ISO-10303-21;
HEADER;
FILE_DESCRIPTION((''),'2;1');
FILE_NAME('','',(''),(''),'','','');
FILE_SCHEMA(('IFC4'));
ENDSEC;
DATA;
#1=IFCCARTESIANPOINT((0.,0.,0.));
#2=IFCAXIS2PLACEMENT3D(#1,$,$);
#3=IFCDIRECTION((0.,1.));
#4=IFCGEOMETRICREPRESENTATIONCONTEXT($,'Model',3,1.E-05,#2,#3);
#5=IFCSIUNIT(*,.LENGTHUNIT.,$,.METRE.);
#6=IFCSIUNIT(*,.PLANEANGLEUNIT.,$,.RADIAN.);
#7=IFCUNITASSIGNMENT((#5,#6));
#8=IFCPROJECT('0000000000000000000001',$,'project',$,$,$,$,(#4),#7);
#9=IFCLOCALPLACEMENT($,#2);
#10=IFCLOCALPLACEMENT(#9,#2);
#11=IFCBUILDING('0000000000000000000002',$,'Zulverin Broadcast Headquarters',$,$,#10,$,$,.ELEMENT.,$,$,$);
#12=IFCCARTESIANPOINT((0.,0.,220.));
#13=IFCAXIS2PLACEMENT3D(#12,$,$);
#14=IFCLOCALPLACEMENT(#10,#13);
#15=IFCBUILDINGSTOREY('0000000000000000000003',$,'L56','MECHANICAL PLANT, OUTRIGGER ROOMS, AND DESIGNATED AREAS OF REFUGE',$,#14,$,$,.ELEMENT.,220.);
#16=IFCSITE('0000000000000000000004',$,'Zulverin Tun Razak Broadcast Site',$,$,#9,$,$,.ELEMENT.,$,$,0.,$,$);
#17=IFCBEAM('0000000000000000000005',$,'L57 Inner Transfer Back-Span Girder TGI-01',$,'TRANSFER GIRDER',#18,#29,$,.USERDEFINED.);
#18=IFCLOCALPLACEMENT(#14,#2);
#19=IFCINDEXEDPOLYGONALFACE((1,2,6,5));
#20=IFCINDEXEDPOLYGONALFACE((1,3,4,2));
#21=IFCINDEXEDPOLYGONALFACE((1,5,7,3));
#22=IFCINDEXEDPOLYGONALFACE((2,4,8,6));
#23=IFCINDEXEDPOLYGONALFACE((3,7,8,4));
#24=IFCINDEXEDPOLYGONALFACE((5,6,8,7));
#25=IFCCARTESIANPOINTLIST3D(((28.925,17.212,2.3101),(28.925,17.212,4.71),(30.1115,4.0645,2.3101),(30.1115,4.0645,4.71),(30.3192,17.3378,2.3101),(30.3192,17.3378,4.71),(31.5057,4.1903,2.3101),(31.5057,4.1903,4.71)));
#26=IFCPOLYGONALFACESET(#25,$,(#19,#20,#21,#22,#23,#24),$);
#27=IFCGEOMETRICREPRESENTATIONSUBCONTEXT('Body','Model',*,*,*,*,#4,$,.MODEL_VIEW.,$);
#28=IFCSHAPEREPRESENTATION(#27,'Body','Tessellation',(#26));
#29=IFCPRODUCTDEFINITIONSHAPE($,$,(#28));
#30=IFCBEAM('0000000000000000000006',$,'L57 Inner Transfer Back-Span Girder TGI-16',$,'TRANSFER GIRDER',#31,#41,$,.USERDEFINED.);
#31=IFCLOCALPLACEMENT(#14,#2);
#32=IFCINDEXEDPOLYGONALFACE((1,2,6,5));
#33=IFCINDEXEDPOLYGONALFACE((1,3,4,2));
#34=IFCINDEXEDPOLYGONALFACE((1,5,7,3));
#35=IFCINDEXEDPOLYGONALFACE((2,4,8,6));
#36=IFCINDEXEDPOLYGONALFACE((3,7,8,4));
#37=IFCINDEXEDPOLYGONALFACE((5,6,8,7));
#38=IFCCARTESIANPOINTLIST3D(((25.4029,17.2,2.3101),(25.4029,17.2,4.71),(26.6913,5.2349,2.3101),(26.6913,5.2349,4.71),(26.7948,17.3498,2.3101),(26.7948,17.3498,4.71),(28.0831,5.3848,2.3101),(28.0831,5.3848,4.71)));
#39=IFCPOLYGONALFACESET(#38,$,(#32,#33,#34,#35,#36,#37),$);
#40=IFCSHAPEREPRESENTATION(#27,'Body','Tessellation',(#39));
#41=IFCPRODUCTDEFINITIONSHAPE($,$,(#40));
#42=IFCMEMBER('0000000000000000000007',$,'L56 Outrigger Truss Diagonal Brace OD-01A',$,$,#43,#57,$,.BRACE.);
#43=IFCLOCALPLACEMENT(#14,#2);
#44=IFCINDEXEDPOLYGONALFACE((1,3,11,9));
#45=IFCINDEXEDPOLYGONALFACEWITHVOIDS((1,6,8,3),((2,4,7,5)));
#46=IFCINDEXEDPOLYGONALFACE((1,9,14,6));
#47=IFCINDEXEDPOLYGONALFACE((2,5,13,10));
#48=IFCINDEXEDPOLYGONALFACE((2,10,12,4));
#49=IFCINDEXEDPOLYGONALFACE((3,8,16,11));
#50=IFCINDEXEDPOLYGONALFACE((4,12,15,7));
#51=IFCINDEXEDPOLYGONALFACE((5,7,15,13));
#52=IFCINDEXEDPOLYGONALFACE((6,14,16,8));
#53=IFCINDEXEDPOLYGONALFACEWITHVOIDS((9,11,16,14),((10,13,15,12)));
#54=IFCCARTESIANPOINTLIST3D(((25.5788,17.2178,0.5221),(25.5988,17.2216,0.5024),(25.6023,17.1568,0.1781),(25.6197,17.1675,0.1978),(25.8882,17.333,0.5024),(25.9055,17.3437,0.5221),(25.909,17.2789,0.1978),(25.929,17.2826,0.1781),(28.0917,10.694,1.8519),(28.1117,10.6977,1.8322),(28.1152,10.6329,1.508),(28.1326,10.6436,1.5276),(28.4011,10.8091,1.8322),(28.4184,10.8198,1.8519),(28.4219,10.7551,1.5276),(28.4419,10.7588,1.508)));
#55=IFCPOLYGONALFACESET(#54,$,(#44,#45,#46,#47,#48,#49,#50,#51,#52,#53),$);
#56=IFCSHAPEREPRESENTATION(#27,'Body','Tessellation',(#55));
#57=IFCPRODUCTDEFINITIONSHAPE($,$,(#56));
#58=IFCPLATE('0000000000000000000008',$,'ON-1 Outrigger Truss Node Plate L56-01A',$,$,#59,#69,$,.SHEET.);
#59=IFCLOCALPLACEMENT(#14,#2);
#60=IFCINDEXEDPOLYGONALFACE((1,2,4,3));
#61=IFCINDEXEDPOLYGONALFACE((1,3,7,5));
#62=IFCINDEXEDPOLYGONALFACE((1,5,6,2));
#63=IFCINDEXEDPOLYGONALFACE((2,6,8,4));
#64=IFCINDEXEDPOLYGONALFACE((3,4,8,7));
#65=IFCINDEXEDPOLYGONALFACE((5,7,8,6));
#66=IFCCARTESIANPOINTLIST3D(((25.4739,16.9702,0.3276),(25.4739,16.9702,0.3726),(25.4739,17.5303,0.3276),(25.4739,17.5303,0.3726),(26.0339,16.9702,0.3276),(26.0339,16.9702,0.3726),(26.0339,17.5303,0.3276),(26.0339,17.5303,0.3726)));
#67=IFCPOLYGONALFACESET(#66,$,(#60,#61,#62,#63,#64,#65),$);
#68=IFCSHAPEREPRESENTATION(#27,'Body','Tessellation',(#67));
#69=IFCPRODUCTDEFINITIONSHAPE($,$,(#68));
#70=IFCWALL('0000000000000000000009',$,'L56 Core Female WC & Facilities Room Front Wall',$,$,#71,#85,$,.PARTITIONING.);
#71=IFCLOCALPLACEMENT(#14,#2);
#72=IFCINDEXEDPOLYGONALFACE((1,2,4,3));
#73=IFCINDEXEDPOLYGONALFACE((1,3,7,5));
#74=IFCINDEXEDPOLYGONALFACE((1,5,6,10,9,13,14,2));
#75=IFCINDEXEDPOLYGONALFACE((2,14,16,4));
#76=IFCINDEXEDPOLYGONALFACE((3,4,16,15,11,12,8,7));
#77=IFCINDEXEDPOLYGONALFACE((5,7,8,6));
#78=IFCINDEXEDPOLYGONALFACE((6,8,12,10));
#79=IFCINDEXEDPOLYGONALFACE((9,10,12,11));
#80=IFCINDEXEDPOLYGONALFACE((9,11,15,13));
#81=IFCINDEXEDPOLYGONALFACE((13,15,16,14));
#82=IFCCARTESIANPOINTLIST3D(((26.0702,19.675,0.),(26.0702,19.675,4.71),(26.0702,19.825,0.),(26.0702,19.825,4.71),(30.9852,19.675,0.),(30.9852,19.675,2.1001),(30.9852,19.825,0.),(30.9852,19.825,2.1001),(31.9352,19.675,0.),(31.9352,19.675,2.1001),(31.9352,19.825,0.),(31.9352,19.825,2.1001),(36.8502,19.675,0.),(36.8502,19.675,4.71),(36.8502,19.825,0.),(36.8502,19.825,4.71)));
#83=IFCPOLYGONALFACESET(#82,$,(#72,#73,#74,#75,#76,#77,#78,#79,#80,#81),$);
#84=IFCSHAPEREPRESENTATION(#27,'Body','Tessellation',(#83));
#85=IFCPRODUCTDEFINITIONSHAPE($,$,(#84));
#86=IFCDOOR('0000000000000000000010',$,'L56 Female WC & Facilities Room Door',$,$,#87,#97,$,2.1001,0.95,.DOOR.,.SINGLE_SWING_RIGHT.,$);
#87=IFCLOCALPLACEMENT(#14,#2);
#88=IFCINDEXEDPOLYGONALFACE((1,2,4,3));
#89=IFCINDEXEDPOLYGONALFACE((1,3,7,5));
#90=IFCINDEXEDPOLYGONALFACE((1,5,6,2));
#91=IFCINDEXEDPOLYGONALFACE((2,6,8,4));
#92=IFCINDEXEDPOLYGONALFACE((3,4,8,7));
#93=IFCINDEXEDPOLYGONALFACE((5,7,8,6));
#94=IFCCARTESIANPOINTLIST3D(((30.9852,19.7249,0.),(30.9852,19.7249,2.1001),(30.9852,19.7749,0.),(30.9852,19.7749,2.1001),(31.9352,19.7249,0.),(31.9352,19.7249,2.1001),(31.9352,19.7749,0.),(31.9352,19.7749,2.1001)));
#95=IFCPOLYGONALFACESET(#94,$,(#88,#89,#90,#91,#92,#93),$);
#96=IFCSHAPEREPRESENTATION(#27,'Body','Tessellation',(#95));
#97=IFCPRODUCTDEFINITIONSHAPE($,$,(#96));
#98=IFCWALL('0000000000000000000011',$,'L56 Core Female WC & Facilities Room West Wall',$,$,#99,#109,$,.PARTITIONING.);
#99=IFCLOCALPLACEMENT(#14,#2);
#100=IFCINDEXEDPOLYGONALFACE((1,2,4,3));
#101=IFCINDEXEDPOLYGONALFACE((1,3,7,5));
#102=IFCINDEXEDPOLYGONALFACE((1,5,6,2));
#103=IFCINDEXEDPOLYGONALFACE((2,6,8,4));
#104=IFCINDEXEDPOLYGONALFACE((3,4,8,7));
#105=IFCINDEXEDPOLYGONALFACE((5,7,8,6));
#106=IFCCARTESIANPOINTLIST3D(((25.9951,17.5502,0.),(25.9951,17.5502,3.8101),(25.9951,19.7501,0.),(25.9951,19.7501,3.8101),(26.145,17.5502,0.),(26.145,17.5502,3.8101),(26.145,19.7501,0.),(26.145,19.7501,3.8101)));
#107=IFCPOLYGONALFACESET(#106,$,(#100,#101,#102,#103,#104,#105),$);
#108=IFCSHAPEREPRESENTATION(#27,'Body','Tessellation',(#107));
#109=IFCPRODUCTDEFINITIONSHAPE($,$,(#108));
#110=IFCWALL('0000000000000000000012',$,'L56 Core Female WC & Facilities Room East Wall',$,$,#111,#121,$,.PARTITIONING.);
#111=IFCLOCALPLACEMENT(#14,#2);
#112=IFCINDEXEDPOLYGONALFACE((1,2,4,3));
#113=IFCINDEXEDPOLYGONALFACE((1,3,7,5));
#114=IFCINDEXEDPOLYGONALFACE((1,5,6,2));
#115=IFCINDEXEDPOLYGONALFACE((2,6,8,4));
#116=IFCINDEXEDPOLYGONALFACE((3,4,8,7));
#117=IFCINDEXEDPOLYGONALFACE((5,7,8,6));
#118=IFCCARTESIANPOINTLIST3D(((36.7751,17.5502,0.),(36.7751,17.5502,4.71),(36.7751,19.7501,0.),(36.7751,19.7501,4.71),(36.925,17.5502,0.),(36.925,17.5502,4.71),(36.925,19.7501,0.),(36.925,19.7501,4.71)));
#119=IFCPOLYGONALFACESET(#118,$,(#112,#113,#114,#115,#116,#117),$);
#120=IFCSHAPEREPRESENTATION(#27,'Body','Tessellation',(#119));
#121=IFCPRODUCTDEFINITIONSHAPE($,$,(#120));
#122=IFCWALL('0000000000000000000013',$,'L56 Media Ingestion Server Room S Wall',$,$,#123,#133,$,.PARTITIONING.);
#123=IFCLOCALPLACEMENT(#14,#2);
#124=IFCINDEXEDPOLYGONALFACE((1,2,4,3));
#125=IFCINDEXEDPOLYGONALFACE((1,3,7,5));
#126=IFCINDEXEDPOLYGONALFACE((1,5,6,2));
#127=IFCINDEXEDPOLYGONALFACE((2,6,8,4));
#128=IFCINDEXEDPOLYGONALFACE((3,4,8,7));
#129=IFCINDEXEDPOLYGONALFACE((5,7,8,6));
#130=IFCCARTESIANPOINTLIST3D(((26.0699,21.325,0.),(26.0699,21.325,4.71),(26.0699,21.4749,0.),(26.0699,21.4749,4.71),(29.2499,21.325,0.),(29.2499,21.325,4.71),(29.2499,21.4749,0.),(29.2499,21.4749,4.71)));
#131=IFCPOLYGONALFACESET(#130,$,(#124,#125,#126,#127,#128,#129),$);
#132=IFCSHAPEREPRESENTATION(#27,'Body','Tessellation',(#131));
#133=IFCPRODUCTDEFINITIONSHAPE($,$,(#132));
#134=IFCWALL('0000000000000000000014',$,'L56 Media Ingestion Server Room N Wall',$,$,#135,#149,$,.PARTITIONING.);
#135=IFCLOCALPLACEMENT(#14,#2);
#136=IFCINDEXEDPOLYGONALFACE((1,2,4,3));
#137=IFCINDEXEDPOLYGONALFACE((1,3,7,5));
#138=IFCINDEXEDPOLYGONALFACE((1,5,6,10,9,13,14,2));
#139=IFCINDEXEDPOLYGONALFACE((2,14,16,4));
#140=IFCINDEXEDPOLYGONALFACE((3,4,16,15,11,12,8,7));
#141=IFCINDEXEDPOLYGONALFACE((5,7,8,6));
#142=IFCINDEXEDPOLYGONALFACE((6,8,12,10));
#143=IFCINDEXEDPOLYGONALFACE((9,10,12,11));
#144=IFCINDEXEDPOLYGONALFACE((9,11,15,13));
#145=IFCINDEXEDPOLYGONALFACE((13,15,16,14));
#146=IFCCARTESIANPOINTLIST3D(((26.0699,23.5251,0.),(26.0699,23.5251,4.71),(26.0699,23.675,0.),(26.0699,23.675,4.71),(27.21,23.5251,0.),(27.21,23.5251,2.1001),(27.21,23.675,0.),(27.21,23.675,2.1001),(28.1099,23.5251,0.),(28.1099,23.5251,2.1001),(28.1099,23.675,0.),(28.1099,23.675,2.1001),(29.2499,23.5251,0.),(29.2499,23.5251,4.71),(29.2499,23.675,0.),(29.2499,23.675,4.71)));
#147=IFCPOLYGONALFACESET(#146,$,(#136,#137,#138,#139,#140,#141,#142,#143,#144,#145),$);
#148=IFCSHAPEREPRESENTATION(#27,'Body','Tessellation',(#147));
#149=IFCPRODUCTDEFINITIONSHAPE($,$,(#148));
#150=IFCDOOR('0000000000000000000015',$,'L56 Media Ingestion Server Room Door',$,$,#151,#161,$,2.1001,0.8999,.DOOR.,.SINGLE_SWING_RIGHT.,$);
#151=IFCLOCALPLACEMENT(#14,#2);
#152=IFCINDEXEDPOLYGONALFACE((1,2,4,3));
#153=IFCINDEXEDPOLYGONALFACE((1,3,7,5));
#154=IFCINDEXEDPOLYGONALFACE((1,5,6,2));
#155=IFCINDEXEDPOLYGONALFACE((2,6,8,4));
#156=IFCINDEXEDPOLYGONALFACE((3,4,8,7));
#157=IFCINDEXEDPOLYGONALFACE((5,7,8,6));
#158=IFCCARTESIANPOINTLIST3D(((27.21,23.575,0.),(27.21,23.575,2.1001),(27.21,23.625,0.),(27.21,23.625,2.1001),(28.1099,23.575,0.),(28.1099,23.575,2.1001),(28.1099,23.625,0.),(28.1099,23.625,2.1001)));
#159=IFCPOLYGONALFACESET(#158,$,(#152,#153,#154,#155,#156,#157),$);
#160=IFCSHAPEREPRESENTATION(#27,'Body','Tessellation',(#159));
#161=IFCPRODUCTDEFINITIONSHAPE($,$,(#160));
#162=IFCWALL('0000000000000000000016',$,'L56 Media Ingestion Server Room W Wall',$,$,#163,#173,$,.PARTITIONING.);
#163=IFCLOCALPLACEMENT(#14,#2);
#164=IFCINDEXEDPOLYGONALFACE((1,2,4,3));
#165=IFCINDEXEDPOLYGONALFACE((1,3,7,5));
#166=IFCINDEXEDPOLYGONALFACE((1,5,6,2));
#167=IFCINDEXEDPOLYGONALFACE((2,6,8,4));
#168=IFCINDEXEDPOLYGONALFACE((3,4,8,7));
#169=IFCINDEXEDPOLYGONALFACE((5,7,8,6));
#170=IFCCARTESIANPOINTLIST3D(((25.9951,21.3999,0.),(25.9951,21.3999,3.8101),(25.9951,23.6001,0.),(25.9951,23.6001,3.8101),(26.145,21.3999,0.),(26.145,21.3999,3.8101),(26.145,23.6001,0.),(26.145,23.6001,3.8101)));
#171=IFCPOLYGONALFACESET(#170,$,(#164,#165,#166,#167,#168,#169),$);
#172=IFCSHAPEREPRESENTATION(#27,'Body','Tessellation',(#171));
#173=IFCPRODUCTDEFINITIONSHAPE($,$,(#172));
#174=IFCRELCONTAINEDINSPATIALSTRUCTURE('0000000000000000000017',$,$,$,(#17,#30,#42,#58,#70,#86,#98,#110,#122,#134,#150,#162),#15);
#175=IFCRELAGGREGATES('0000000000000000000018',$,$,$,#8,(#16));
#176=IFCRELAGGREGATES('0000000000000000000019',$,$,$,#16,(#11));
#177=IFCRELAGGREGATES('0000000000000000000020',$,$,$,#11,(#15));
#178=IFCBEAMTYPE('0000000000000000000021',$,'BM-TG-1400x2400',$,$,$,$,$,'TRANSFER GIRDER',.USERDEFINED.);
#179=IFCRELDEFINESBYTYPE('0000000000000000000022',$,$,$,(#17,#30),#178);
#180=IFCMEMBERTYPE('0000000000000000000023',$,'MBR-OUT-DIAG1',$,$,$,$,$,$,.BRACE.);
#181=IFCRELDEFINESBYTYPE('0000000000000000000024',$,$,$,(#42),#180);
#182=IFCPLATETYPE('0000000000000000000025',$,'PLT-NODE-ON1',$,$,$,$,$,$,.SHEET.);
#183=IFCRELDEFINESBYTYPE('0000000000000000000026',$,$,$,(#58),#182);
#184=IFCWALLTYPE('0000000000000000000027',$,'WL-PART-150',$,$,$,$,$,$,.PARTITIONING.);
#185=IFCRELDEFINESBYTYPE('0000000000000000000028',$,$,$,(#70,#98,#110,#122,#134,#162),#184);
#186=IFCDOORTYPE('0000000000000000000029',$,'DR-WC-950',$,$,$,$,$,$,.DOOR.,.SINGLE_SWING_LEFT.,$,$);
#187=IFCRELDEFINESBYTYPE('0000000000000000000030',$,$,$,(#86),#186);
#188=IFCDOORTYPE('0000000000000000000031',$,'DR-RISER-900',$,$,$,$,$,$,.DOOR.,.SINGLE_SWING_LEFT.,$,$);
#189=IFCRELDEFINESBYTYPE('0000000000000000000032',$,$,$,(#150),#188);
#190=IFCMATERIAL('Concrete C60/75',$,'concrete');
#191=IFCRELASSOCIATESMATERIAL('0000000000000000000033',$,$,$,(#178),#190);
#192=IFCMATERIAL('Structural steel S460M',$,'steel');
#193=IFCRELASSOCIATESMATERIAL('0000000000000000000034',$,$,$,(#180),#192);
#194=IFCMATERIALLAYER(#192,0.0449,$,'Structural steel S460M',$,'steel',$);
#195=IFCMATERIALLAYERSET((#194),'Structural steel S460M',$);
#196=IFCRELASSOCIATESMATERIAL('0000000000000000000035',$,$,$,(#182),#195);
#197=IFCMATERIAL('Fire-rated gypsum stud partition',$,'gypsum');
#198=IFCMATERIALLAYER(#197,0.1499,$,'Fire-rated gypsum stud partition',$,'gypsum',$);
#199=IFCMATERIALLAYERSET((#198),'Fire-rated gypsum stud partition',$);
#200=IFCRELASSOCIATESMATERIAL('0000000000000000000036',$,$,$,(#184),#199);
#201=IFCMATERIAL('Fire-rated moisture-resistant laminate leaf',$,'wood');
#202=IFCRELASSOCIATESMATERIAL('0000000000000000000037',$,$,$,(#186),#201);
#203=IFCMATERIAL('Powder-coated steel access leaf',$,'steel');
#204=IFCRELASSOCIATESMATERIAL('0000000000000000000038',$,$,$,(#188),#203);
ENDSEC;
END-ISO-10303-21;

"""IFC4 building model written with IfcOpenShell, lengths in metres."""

from ifc_helpers import new_model, si_unit, direction, frame, frame_2d, origin, origin_2d, place, context, subcontext, project, spatial, rectangle, hollow_rectangle, extrude, material, layer, layer_set, material_profile, profile_set, type_object, element, fill, save


model = new_model("IFC4")

# Units and contexts
model_context = context("Model", 3, precision=1e-05, world=origin(), true_north=direction((0.0, 1.0)))
body_context = subcontext(model_context, "Body", "Model", "MODEL_VIEW")
ifc_project = project(units=[si_unit("LENGTHUNIT", "METRE"), si_unit("PLANEANGLEUNIT", "RADIAN")], contexts=[model_context])

# Site, building, storey
site_placement = place(None, origin())
site = spatial("IfcSite", under=ifc_project, at=site_placement, Name="Zulverin Tun Razak Broadcast Site", CompositionType="ELEMENT", RefElevation=0.0)
building_placement = place(site_placement, origin())
building = spatial("IfcBuilding", under=site, at=building_placement, Name="Zulverin Broadcast Headquarters", CompositionType="ELEMENT")
storey_placement = place(building_placement, frame((0.0, 0.0, 220.0)))
storey = spatial("IfcBuildingStorey", under=building, at=storey_placement, Name="L56", Description="MECHANICAL PLANT, OUTRIGGER ROOMS, AND DESIGNATED AREAS OF REFUGE", CompositionType="ELEMENT", Elevation=220.0)

# Beams
ifc_material_1 = material(Name="Concrete C60/75", Category="concrete")
ifc_material_profile_1 = material_profile(ifc_material_1, rectangle(XDim=1.3999, YDim=2.3999, at=origin_2d()), Name="Concrete C60/75", Category="concrete")
ifc_profile_set_1 = profile_set([ifc_material_profile_1], Name="Concrete C60/75")
beam_type = type_object("IfcBeamType", Name="BM-TG-1400x2400", ElementType="TRANSFER GIRDER", PredefinedType="USERDEFINED", material=ifc_profile_set_1)
beam_1_placement = place(storey_placement, frame((29.6221, 17.2749, 3.51), z_axis=(0.089882, -0.995952, 0.0), x_axis=(0.995952, 0.089882, 0.0)))
element("IfcBeam", 1, at=beam_1_placement, inside=storey, type_object=beam_type, Name="L57 Inner Transfer Back-Span Girder TGI-01", ObjectType="TRANSFER GIRDER", PredefinedType="USERDEFINED", context=body_context, shape_type="SweptSolid", body=[
    extrude(rectangle(XDim=1.3999, YDim=2.3999, at=origin_2d()), origin(), (0.0, 0.0, 1.0), 13.2009),
])
beam_2_placement = place(storey_placement, frame((26.0989, 17.2749, 3.51), z_axis=(0.107055, -0.994253, 0.0), x_axis=(0.994253, 0.107055, 0.0)))
element("IfcBeam", 2, at=beam_2_placement, inside=storey, type_object=beam_type, Name="L57 Inner Transfer Back-Span Girder TGI-16", ObjectType="TRANSFER GIRDER", PredefinedType="USERDEFINED", context=body_context, shape_type="SweptSolid", body=[
    extrude(rectangle(XDim=1.3999, YDim=2.3999, at=origin_2d()), origin(), (0.0, 0.0, 1.0), 12.0342),
])

# Member
ifc_material_2 = material(Name="Structural steel S460M", Category="steel")
ifc_material_profile_2 = material_profile(ifc_material_2, hollow_rectangle(XDim=0.3501, YDim=0.3501, WallThickness=0.02, at=origin_2d()), Name="Structural steel S460M", Category="steel")
ifc_profile_set_2 = profile_set([ifc_material_profile_2], Name="Structural steel S460M")
member_type = type_object("IfcMemberType", Name="MBR-OUT-DIAG1", PredefinedType="BRACE", material=ifc_profile_set_2)
member_placement = place(storey_placement, frame((25.7539, 17.2502, 0.3501), z_axis=(0.353113, -0.916729, 0.186866), x_axis=(0.933166, 0.359445, 0.0)))
element("IfcMember", 3, at=member_placement, inside=storey, type_object=member_type, Name="L56 Outrigger Truss Diagonal Brace OD-01A", PredefinedType="BRACE", context=body_context, shape_type="SweptSolid", body=[
    extrude(hollow_rectangle(XDim=0.3501, YDim=0.3501, WallThickness=0.02, at=origin_2d()), origin(), (0.0, 0.0, 1.0), 7.1165),
])

# Plate
ifc_layer_1 = layer(ifc_material_2, 0.0449, Name="Structural steel S460M", Category="steel")
ifc_layer_set_1 = layer_set([ifc_layer_1], Name="Structural steel S460M")
plate_type = type_object("IfcPlateType", Name="PLT-NODE-ON1", PredefinedType="SHEET", material=ifc_layer_set_1)
plate_placement = place(storey_placement, frame((25.7539, 17.2502, 0.3276), z_axis=(0.0, 0.0, 1.0), x_axis=(1.0, 0.0, 0.0)))
element("IfcPlate", 4, at=plate_placement, inside=storey, type_object=plate_type, Name="ON-1 Outrigger Truss Node Plate L56-01A", PredefinedType="SHEET", context=body_context, shape_type="SweptSolid", body=[
    extrude(rectangle(XDim=0.5601, YDim=0.5601, at=origin_2d()), origin(), (0.0, 0.0, 1.0), 0.0449),
])

# Wall, opening, door
ifc_material_3 = material(Name="Fire-rated gypsum stud partition", Category="gypsum")
ifc_layer_2 = layer(ifc_material_3, 0.1499, Name="Fire-rated gypsum stud partition", Category="gypsum")
ifc_layer_set_2 = layer_set([ifc_layer_2], Name="Fire-rated gypsum stud partition")
wall_type_1 = type_object("IfcWallType", Name="WL-PART-150", PredefinedType="PARTITIONING", material=ifc_layer_set_2)
wall_1_placement = place(storey_placement, frame((26.0701, 19.75, 0.0), z_axis=(0.0, 0.0, 1.0), x_axis=(1.0, 0.0, 0.0)))
wall_1 = element("IfcWall", 5, at=wall_1_placement, inside=storey, type_object=wall_type_1, Name="L56 Core Female WC & Facilities Room Front Wall", PredefinedType="PARTITIONING", context=body_context, shape_type="SweptSolid", body=[
    extrude(rectangle(XDim=10.78, YDim=0.1499, at=frame_2d((5.3901, 0.0))), origin(), (0.0, 0.0, 1.0), 4.71),
])
opening_1_placement = place(wall_1_placement, frame((4.915, 0.0, 0.0)))
opening_1 = element("IfcOpeningElement", 6, at=opening_1_placement, cuts=wall_1, PredefinedType="OPENING", context=body_context, shape_type="SweptSolid", body=[
    extrude(rectangle(XDim=0.95, YDim=2.1001, at=frame_2d((0.4751, 1.05))), frame((0.0, 0.085, 0.0), z_axis=(0.0, -1.0, 0.0), x_axis=(1.0, 0.0, 0.0)), (0.0, 0.0, 1.0), 0.1699),
])
ifc_material_4 = material(Name="Fire-rated moisture-resistant laminate leaf", Category="wood")
door_type_1 = type_object("IfcDoorType", Name="DR-WC-950", OperationType="SINGLE_SWING_LEFT", PredefinedType="DOOR", material=ifc_material_4)
door_1_placement = place(opening_1_placement, origin())
door_1 = element("IfcDoor", 7, at=door_1_placement, inside=storey, type_object=door_type_1, Name="L56 Female WC & Facilities Room Door", OperationType="SINGLE_SWING_RIGHT", OverallHeight=2.1001, OverallWidth=0.95, PredefinedType="DOOR", context=body_context, shape_type="SweptSolid", body=[
    extrude(rectangle(XDim=0.95, YDim=2.1001, at=frame_2d((0.4751, 1.05))), frame((0.0, 0.0249, 0.0), z_axis=(0.0, -1.0, 0.0), x_axis=(1.0, 0.0, 0.0)), (0.0, 0.0, 1.0), 0.05),
])
fill(opening_1, door_1)

# Walls
wall_2_placement = place(storey_placement, frame((26.0701, 17.55, 0.0), z_axis=(0.0, 0.0, 1.0), x_axis=(0.0, 1.0, 0.0)))
element("IfcWall", 8, at=wall_2_placement, inside=storey, type_object=wall_type_1, Name="L56 Core Female WC & Facilities Room West Wall", PredefinedType="PARTITIONING", context=body_context, shape_type="SweptSolid", body=[
    extrude(rectangle(XDim=2.2, YDim=0.1499, at=frame_2d((1.1001, 0.0))), origin(), (0.0, 0.0, 1.0), 3.8101),
])
wall_3_placement = place(storey_placement, frame((36.8501, 17.55, 0.0), z_axis=(0.0, 0.0, 1.0), x_axis=(0.0, 1.0, 0.0)))
element("IfcWall", 9, at=wall_3_placement, inside=storey, type_object=wall_type_1, Name="L56 Core Female WC & Facilities Room East Wall", PredefinedType="PARTITIONING", context=body_context, shape_type="SweptSolid", body=[
    extrude(rectangle(XDim=2.2, YDim=0.1499, at=frame_2d((1.1001, 0.0))), origin(), (0.0, 0.0, 1.0), 4.71),
])
wall_4_placement = place(storey_placement, frame((26.0701, 21.3999, 0.0), z_axis=(0.0, 0.0, 1.0), x_axis=(1.0, 0.0, 0.0)))
element("IfcWall", 10, at=wall_4_placement, inside=storey, type_object=wall_type_1, Name="L56 Media Ingestion Server Room S Wall", PredefinedType="PARTITIONING", context=body_context, shape_type="SweptSolid", body=[
    extrude(rectangle(XDim=3.1799, YDim=0.1499, at=frame_2d((1.5898, 0.0))), origin(), (0.0, 0.0, 1.0), 4.71),
])

# Wall, opening, door
wall_5_placement = place(storey_placement, frame((26.0701, 23.6001, 0.0), z_axis=(0.0, 0.0, 1.0), x_axis=(1.0, 0.0, 0.0)))
wall_5 = element("IfcWall", 11, at=wall_5_placement, inside=storey, type_object=wall_type_1, Name="L56 Media Ingestion Server Room N Wall", PredefinedType="PARTITIONING", context=body_context, shape_type="SweptSolid", body=[
    extrude(rectangle(XDim=3.1799, YDim=0.1499, at=frame_2d((1.5898, 0.0))), origin(), (0.0, 0.0, 1.0), 4.71),
])
opening_2_placement = place(wall_5_placement, frame((1.1399, 0.0, 0.0)))
opening_2 = element("IfcOpeningElement", 12, at=opening_2_placement, cuts=wall_5, PredefinedType="OPENING", context=body_context, shape_type="SweptSolid", body=[
    extrude(rectangle(XDim=0.8999, YDim=2.1001, at=frame_2d((0.45, 1.05))), frame((0.0, 0.085, 0.0), z_axis=(0.0, -1.0, 0.0), x_axis=(1.0, 0.0, 0.0)), (0.0, 0.0, 1.0), 0.1699),
])
ifc_material_5 = material(Name="Powder-coated steel access leaf", Category="steel")
door_type_2 = type_object("IfcDoorType", Name="DR-RISER-900", OperationType="SINGLE_SWING_LEFT", PredefinedType="DOOR", material=ifc_material_5)
door_2_placement = place(opening_2_placement, origin())
door_2 = element("IfcDoor", 13, at=door_2_placement, inside=storey, type_object=door_type_2, Name="L56 Media Ingestion Server Room Door", OperationType="SINGLE_SWING_RIGHT", OverallHeight=2.1001, OverallWidth=0.8999, PredefinedType="DOOR", context=body_context, shape_type="SweptSolid", body=[
    extrude(rectangle(XDim=0.8999, YDim=2.1001, at=frame_2d((0.45, 1.05))), frame((0.0, 0.0249, 0.0), z_axis=(0.0, -1.0, 0.0), x_axis=(1.0, 0.0, 0.0)), (0.0, 0.0, 1.0), 0.05),
])
fill(opening_2, door_2)

# Wall
wall_6_placement = place(storey_placement, frame((26.0701, 21.3999, 0.0), z_axis=(0.0, 0.0, 1.0), x_axis=(0.0, 1.0, 0.0)))
element("IfcWall", 14, at=wall_6_placement, inside=storey, type_object=wall_type_1, Name="L56 Media Ingestion Server Room W Wall", PredefinedType="PARTITIONING", context=body_context, shape_type="SweptSolid", body=[
    extrude(rectangle(XDim=2.2002, YDim=0.1499, at=frame_2d((1.1001, 0.0))), origin(), (0.0, 0.0, 1.0), 3.8101),
])

save(model, "model.ifc")
